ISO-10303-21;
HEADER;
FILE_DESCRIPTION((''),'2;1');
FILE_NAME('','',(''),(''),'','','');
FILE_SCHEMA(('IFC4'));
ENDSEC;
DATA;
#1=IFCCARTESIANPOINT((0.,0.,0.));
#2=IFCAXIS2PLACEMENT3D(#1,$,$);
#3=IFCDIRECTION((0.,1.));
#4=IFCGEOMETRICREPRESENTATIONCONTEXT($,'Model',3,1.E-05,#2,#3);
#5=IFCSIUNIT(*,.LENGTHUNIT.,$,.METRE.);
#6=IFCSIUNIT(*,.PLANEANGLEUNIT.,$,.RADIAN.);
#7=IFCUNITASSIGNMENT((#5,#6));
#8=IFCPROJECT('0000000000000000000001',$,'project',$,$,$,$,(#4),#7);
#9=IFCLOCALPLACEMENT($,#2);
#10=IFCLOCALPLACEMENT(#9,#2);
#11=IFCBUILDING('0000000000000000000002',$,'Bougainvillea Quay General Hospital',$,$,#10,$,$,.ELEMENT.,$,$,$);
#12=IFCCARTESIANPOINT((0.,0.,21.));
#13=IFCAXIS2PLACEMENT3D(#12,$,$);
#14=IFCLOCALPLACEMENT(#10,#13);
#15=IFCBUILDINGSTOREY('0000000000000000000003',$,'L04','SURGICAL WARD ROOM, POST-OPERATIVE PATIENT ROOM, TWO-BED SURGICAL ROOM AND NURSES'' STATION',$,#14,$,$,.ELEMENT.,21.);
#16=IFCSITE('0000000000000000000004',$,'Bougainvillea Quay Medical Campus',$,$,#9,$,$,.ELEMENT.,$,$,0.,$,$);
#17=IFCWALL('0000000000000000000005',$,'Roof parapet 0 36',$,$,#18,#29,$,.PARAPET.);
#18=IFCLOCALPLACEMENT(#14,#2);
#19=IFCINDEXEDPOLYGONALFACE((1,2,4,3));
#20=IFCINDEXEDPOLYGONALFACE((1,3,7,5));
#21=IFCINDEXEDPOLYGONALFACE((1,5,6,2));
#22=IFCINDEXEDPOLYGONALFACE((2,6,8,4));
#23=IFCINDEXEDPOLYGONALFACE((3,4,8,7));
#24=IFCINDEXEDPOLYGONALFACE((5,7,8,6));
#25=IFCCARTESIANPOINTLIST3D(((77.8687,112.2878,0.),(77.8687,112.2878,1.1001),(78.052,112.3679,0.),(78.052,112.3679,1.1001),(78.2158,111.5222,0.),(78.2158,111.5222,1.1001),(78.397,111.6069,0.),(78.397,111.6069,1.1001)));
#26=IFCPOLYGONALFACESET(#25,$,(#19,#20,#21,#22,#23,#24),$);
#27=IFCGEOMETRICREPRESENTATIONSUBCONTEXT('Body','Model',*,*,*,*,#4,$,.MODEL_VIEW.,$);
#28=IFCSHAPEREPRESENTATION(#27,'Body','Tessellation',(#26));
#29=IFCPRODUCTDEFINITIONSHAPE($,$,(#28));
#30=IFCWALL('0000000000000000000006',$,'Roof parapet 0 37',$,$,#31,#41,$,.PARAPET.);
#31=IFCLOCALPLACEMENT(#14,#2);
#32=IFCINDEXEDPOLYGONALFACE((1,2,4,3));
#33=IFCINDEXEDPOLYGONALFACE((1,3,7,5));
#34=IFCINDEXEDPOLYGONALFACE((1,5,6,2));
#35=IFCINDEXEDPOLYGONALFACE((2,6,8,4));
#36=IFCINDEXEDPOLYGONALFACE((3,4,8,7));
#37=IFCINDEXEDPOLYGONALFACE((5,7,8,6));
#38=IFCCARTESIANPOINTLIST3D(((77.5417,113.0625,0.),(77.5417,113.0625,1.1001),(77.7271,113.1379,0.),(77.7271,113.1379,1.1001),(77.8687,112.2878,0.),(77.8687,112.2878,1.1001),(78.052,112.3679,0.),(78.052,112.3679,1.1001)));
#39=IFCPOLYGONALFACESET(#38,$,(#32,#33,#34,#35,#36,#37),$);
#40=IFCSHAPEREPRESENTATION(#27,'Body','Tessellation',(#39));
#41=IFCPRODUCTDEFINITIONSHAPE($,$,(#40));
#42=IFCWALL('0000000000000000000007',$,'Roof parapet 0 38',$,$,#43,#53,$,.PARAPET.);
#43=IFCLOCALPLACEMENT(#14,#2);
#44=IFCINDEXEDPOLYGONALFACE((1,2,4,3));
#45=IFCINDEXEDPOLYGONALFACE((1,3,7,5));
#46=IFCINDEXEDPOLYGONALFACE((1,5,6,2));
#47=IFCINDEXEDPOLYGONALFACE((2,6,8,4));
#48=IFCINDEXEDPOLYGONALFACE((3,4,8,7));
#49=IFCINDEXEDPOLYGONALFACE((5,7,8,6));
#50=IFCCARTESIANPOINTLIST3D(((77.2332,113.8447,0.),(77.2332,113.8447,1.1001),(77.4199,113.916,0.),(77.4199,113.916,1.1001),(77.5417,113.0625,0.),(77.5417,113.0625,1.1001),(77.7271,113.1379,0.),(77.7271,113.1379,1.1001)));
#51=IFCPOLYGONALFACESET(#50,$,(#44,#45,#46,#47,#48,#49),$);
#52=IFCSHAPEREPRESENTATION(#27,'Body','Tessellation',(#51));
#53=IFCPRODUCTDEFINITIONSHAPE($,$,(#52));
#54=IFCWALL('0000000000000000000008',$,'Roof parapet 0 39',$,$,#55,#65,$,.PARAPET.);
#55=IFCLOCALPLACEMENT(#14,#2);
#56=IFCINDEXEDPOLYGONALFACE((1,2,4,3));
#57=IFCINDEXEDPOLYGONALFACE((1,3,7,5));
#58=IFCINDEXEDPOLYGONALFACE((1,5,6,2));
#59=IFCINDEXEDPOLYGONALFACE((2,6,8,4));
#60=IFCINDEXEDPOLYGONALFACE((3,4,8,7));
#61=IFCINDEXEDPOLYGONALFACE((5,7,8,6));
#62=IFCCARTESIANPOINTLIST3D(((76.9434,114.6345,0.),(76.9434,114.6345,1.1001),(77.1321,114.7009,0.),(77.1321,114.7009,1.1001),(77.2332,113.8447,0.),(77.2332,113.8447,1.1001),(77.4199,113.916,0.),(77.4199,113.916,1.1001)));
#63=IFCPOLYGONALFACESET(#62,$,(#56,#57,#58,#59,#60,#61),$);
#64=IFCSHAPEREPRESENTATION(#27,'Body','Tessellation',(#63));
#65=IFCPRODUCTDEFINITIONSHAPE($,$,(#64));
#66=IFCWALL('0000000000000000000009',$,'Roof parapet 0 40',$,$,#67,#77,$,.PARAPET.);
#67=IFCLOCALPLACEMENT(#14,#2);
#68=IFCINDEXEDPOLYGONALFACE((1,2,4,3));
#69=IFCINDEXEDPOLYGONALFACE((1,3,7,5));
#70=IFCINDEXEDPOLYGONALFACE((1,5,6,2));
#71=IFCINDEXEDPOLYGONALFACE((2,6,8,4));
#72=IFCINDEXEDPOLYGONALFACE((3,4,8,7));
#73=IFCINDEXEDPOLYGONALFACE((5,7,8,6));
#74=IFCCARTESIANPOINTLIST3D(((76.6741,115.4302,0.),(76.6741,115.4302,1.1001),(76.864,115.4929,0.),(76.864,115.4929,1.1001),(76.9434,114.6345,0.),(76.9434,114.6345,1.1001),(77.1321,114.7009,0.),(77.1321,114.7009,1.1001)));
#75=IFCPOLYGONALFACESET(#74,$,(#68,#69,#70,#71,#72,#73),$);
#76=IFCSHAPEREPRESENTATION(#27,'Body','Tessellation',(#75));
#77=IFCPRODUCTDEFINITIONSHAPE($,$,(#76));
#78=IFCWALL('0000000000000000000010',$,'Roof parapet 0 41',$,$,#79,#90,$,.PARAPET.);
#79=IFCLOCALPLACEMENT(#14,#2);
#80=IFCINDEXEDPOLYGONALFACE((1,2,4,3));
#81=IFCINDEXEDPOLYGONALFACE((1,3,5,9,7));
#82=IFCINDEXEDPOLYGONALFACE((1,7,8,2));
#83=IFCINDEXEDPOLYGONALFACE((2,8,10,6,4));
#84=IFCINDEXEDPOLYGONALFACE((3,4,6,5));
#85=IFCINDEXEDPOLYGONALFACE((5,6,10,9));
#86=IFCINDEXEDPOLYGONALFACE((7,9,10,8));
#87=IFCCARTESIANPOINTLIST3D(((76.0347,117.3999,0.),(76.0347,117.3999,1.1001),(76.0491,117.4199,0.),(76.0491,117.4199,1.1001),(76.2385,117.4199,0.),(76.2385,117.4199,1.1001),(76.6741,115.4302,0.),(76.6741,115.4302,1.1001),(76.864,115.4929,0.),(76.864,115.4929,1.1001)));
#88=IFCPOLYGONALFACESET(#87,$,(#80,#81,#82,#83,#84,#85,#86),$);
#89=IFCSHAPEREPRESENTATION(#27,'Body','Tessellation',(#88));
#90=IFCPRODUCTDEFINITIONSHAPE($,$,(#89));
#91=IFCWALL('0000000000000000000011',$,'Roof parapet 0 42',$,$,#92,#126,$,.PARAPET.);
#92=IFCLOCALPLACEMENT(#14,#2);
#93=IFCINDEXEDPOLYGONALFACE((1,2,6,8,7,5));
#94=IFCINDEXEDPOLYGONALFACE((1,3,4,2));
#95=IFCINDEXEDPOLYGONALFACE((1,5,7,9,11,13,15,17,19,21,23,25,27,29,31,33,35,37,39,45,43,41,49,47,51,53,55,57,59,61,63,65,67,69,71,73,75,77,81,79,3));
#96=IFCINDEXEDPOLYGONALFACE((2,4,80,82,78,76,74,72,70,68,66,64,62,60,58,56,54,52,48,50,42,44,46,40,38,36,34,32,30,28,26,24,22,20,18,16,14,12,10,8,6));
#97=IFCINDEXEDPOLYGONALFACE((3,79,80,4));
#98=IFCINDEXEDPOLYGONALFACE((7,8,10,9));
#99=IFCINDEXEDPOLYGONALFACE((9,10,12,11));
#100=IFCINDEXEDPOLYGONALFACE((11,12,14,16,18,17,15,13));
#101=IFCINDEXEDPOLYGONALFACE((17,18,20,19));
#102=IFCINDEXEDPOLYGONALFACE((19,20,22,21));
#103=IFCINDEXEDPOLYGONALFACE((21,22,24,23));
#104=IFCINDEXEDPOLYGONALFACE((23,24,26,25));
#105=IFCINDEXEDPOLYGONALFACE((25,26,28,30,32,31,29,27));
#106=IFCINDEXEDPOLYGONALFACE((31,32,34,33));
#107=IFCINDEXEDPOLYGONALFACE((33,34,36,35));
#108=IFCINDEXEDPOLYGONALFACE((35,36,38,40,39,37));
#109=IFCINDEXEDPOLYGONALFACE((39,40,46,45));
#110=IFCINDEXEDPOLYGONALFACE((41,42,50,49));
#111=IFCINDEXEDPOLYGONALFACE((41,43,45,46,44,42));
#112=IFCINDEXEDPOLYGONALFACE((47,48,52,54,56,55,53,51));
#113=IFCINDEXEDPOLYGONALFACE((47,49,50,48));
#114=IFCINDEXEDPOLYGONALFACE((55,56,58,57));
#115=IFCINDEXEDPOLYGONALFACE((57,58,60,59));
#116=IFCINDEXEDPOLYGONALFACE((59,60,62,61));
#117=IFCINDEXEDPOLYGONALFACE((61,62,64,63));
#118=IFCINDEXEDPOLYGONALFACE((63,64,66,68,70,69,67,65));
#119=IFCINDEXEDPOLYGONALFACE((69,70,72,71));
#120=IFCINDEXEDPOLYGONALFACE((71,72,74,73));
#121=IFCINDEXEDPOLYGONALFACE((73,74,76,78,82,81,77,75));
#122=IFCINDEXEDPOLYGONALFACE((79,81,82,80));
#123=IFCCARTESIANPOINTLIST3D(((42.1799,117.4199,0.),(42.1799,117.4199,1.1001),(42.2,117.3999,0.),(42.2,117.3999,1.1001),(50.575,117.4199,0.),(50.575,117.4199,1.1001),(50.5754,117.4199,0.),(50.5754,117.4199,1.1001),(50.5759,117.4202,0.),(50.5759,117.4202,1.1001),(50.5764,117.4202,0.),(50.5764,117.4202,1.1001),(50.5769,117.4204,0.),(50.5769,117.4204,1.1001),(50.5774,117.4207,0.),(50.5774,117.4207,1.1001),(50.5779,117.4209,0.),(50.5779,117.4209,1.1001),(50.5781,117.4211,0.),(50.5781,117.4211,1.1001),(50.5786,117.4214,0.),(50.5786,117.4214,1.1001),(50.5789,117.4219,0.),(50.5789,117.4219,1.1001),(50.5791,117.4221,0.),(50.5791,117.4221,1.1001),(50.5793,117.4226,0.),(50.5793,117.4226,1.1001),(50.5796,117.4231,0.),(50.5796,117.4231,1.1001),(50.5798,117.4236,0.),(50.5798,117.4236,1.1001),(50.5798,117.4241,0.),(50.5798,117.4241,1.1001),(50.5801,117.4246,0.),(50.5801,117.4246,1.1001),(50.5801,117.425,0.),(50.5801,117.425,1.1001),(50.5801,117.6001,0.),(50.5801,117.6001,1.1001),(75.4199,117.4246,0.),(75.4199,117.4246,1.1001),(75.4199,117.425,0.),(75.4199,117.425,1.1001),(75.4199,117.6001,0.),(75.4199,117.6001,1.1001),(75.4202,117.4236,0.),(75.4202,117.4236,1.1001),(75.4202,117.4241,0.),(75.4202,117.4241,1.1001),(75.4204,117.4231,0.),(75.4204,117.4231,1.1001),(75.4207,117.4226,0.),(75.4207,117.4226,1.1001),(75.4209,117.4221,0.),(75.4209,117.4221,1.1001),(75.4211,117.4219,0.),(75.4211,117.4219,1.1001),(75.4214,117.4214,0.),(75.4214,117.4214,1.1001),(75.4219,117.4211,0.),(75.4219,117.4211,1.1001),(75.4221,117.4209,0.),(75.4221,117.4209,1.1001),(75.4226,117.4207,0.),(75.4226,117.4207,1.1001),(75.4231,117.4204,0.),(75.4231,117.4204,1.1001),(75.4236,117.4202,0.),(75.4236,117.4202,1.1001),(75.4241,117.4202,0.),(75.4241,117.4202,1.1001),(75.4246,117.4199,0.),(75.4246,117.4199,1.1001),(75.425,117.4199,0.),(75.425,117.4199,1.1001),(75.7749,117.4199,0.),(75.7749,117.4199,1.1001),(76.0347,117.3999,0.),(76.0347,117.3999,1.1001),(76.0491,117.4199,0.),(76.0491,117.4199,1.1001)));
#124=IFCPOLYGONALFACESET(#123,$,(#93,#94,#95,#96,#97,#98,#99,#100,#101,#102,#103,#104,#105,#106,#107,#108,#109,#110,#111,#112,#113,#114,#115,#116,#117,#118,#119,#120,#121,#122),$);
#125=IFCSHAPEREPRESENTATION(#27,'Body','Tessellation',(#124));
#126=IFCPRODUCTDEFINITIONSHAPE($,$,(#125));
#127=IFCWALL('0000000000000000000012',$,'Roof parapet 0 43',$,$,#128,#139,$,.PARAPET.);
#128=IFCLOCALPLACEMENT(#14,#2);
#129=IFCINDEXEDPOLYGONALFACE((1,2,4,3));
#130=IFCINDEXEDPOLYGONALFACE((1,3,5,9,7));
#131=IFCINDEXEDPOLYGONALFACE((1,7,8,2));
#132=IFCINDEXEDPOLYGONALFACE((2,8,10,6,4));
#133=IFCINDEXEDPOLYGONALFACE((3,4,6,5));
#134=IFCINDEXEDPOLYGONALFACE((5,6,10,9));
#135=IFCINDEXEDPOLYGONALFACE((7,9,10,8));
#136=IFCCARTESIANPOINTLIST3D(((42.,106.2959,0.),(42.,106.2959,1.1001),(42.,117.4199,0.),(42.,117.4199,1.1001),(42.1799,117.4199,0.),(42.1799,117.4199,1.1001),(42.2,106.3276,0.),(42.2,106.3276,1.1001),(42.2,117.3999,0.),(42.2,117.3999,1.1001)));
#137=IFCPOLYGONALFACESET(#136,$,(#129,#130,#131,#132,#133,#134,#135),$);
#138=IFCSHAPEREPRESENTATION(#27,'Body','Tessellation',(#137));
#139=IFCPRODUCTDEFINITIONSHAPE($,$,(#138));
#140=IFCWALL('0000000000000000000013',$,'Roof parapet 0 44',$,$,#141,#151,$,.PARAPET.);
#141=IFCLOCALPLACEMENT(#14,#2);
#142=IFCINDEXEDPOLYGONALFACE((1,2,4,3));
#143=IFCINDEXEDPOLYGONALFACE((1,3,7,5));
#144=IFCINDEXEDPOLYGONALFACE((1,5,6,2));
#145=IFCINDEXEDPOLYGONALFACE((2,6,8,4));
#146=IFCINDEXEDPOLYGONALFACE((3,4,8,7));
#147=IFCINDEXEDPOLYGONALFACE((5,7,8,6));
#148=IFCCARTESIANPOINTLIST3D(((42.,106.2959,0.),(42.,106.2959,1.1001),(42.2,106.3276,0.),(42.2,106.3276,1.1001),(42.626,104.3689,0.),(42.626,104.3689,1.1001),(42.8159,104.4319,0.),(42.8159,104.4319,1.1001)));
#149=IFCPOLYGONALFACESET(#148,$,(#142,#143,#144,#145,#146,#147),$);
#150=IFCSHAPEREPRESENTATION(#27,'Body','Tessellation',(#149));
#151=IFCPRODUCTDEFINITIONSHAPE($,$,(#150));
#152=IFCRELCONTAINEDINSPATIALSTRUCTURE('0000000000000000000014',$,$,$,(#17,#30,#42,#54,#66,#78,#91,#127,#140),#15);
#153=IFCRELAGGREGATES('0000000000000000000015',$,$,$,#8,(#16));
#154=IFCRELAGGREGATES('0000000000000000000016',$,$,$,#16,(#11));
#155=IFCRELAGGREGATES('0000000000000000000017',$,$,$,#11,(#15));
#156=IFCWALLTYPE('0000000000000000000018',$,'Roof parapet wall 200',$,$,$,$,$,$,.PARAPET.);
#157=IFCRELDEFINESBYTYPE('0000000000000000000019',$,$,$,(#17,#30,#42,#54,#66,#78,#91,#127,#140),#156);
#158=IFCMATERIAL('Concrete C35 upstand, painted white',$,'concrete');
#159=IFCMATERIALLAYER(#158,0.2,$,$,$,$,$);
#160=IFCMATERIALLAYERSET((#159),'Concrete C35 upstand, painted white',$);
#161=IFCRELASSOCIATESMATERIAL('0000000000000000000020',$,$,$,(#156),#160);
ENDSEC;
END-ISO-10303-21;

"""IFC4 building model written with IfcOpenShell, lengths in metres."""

from ifc_helpers import new_model, si_unit, direction, frame, origin, place, context, subcontext, project, spatial, polyline, outline, extrude, material, layer, layer_set, type_object, element, save


model = new_model("IFC4")

# Units and contexts
model_context = context("Model", 3, precision=1e-05, world=origin(), true_north=direction((0.0, 1.0)))
body_context = subcontext(model_context, "Body", "Model", "MODEL_VIEW")
ifc_project = project(units=[si_unit("LENGTHUNIT", "METRE"), si_unit("PLANEANGLEUNIT", "RADIAN")], contexts=[model_context])

# Site, building, storey
site_placement = place(None, origin())
site = spatial("IfcSite", under=ifc_project, at=site_placement, Name="Bougainvillea Quay Medical Campus", CompositionType="ELEMENT", RefElevation=0.0)
building_placement = place(site_placement, origin())
building = spatial("IfcBuilding", under=site, at=building_placement, Name="Bougainvillea Quay General Hospital", CompositionType="ELEMENT")
storey_placement = place(building_placement, frame((0.0, 0.0, 21.0)))
storey = spatial("IfcBuildingStorey", under=building, at=storey_placement, Name="L04", Description="SURGICAL WARD ROOM, POST-OPERATIVE PATIENT ROOM, TWO-BED SURGICAL ROOM AND NURSES' STATION", CompositionType="ELEMENT", Elevation=21.0)

# Walls
ifc_material = material(Name="Concrete C35 upstand, painted white", Category="concrete")
ifc_layer = layer(ifc_material, 0.2)
ifc_layer_set = layer_set([ifc_layer], Name="Concrete C35 upstand, painted white")
wall_type = type_object("IfcWallType", Name="Roof parapet wall 200", PredefinedType="PARAPET", material=ifc_layer_set)
wall_1_placement = place(storey_placement, origin())
element("IfcWall", 1, at=wall_1_placement, inside=storey, type_object=wall_type, Name="Roof parapet 0 36", PredefinedType="PARAPET", context=body_context, shape_type="SweptSolid", body=[
    extrude(outline(polyline([(77.8687, 112.2878), (78.052, 112.3679), (78.397, 111.6069), (78.2158, 111.5222), (77.8687, 112.2878)])), origin(), (0.0, 0.0, 1.0), 1.1001),
])
wall_2_placement = place(storey_placement, origin())
element("IfcWall", 2, at=wall_2_placement, inside=storey, type_object=wall_type, Name="Roof parapet 0 37", PredefinedType="PARAPET", context=body_context, shape_type="SweptSolid", body=[
    extrude(outline(polyline([(77.5417, 113.0625), (77.7271, 113.1379), (78.052, 112.3679), (77.8687, 112.2878), (77.5417, 113.0625)])), origin(), (0.0, 0.0, 1.0), 1.1001),
])
wall_3_placement = place(storey_placement, origin())
element("IfcWall", 3, at=wall_3_placement, inside=storey, type_object=wall_type, Name="Roof parapet 0 38", PredefinedType="PARAPET", context=body_context, shape_type="SweptSolid", body=[
    extrude(outline(polyline([(77.2332, 113.8447), (77.4199, 113.916), (77.7271, 113.1379), (77.5417, 113.0625), (77.2332, 113.8447)])), origin(), (0.0, 0.0, 1.0), 1.1001),
])
wall_4_placement = place(storey_placement, origin())
element("IfcWall", 4, at=wall_4_placement, inside=storey, type_object=wall_type, Name="Roof parapet 0 39", PredefinedType="PARAPET", context=body_context, shape_type="SweptSolid", body=[
    extrude(outline(polyline([(76.9434, 114.6345), (77.1321, 114.7009), (77.4199, 113.916), (77.2332, 113.8447), (76.9434, 114.6345)])), origin(), (0.0, 0.0, 1.0), 1.1001),
])
wall_5_placement = place(storey_placement, origin())
element("IfcWall", 5, at=wall_5_placement, inside=storey, type_object=wall_type, Name="Roof parapet 0 40", PredefinedType="PARAPET", context=body_context, shape_type="SweptSolid", body=[
    extrude(outline(polyline([(76.6741, 115.4302), (76.864, 115.4929), (77.1321, 114.7009), (76.9434, 114.6345), (76.6741, 115.4302)])), origin(), (0.0, 0.0, 1.0), 1.1001),
])
wall_6_placement = place(storey_placement, origin())
element("IfcWall", 6, at=wall_6_placement, inside=storey, type_object=wall_type, Name="Roof parapet 0 41", PredefinedType="PARAPET", context=body_context, shape_type="SweptSolid", body=[
    extrude(outline(polyline([(76.0347, 117.3999), (76.0491, 117.4199), (76.2385, 117.4199), (76.864, 115.4929), (76.6741, 115.4302), (76.0347, 117.3999)])), origin(), (0.0, 0.0, 1.0), 1.1001),
])
wall_7_placement = place(storey_placement, origin())
element("IfcWall", 7, at=wall_7_placement, inside=storey, type_object=wall_type, Name="Roof parapet 0 42", PredefinedType="PARAPET", context=body_context, shape_type="SweptSolid", body=[
    extrude(outline(polyline([(42.2, 117.3999), (42.1799, 117.4199), (50.575, 117.4199), (50.5754, 117.4199), (50.5759, 117.4202), (50.5764, 117.4202), (50.5769, 117.4204), (50.5774, 117.4207), (50.5779, 117.4209), (50.5781, 117.4211), (50.5786, 117.4214), (50.5789, 117.4219), (50.5791, 117.4221), (50.5793, 117.4226), (50.5796, 117.4231), (50.5798, 117.4236), (50.5798, 117.4241), (50.5801, 117.4246), (50.5801, 117.425), (50.5801, 117.6001), (75.4199, 117.6001), (75.4199, 117.425), (75.4199, 117.4246), (75.4202, 117.4241), (75.4202, 117.4236), (75.4204, 117.4231), (75.4207, 117.4226), (75.4209, 117.4221), (75.4211, 117.4219), (75.4214, 117.4214), (75.4219, 117.4211), (75.4221, 117.4209), (75.4226, 117.4207), (75.4231, 117.4204), (75.4236, 117.4202), (75.4241, 117.4202), (75.4246, 117.4199), (75.425, 117.4199), (75.7749, 117.4199), (75.7749, 117.4199), (76.0491, 117.4199), (76.0347, 117.3999), (42.2, 117.3999)])), origin(), (0.0, 0.0, 1.0), 1.1001),
])
wall_8_placement = place(storey_placement, origin())
element("IfcWall", 8, at=wall_8_placement, inside=storey, type_object=wall_type, Name="Roof parapet 0 43", PredefinedType="PARAPET", context=body_context, shape_type="SweptSolid", body=[
    extrude(outline(polyline([(42.2, 106.3276), (42.0, 106.2959), (42.0, 117.4199), (42.1799, 117.4199), (42.2, 117.3999), (42.2, 106.3276)])), origin(), (0.0, 0.0, 1.0), 1.1001),
])
wall_9_placement = place(storey_placement, origin())
element("IfcWall", 9, at=wall_9_placement, inside=storey, type_object=wall_type, Name="Roof parapet 0 44", PredefinedType="PARAPET", context=body_context, shape_type="SweptSolid", body=[
    extrude(outline(polyline([(42.8159, 104.4319), (42.626, 104.3689), (42.0, 106.2959), (42.2, 106.3276), (42.8159, 104.4319)])), origin(), (0.0, 0.0, 1.0), 1.1001),
])

save(model, "model.ifc")
